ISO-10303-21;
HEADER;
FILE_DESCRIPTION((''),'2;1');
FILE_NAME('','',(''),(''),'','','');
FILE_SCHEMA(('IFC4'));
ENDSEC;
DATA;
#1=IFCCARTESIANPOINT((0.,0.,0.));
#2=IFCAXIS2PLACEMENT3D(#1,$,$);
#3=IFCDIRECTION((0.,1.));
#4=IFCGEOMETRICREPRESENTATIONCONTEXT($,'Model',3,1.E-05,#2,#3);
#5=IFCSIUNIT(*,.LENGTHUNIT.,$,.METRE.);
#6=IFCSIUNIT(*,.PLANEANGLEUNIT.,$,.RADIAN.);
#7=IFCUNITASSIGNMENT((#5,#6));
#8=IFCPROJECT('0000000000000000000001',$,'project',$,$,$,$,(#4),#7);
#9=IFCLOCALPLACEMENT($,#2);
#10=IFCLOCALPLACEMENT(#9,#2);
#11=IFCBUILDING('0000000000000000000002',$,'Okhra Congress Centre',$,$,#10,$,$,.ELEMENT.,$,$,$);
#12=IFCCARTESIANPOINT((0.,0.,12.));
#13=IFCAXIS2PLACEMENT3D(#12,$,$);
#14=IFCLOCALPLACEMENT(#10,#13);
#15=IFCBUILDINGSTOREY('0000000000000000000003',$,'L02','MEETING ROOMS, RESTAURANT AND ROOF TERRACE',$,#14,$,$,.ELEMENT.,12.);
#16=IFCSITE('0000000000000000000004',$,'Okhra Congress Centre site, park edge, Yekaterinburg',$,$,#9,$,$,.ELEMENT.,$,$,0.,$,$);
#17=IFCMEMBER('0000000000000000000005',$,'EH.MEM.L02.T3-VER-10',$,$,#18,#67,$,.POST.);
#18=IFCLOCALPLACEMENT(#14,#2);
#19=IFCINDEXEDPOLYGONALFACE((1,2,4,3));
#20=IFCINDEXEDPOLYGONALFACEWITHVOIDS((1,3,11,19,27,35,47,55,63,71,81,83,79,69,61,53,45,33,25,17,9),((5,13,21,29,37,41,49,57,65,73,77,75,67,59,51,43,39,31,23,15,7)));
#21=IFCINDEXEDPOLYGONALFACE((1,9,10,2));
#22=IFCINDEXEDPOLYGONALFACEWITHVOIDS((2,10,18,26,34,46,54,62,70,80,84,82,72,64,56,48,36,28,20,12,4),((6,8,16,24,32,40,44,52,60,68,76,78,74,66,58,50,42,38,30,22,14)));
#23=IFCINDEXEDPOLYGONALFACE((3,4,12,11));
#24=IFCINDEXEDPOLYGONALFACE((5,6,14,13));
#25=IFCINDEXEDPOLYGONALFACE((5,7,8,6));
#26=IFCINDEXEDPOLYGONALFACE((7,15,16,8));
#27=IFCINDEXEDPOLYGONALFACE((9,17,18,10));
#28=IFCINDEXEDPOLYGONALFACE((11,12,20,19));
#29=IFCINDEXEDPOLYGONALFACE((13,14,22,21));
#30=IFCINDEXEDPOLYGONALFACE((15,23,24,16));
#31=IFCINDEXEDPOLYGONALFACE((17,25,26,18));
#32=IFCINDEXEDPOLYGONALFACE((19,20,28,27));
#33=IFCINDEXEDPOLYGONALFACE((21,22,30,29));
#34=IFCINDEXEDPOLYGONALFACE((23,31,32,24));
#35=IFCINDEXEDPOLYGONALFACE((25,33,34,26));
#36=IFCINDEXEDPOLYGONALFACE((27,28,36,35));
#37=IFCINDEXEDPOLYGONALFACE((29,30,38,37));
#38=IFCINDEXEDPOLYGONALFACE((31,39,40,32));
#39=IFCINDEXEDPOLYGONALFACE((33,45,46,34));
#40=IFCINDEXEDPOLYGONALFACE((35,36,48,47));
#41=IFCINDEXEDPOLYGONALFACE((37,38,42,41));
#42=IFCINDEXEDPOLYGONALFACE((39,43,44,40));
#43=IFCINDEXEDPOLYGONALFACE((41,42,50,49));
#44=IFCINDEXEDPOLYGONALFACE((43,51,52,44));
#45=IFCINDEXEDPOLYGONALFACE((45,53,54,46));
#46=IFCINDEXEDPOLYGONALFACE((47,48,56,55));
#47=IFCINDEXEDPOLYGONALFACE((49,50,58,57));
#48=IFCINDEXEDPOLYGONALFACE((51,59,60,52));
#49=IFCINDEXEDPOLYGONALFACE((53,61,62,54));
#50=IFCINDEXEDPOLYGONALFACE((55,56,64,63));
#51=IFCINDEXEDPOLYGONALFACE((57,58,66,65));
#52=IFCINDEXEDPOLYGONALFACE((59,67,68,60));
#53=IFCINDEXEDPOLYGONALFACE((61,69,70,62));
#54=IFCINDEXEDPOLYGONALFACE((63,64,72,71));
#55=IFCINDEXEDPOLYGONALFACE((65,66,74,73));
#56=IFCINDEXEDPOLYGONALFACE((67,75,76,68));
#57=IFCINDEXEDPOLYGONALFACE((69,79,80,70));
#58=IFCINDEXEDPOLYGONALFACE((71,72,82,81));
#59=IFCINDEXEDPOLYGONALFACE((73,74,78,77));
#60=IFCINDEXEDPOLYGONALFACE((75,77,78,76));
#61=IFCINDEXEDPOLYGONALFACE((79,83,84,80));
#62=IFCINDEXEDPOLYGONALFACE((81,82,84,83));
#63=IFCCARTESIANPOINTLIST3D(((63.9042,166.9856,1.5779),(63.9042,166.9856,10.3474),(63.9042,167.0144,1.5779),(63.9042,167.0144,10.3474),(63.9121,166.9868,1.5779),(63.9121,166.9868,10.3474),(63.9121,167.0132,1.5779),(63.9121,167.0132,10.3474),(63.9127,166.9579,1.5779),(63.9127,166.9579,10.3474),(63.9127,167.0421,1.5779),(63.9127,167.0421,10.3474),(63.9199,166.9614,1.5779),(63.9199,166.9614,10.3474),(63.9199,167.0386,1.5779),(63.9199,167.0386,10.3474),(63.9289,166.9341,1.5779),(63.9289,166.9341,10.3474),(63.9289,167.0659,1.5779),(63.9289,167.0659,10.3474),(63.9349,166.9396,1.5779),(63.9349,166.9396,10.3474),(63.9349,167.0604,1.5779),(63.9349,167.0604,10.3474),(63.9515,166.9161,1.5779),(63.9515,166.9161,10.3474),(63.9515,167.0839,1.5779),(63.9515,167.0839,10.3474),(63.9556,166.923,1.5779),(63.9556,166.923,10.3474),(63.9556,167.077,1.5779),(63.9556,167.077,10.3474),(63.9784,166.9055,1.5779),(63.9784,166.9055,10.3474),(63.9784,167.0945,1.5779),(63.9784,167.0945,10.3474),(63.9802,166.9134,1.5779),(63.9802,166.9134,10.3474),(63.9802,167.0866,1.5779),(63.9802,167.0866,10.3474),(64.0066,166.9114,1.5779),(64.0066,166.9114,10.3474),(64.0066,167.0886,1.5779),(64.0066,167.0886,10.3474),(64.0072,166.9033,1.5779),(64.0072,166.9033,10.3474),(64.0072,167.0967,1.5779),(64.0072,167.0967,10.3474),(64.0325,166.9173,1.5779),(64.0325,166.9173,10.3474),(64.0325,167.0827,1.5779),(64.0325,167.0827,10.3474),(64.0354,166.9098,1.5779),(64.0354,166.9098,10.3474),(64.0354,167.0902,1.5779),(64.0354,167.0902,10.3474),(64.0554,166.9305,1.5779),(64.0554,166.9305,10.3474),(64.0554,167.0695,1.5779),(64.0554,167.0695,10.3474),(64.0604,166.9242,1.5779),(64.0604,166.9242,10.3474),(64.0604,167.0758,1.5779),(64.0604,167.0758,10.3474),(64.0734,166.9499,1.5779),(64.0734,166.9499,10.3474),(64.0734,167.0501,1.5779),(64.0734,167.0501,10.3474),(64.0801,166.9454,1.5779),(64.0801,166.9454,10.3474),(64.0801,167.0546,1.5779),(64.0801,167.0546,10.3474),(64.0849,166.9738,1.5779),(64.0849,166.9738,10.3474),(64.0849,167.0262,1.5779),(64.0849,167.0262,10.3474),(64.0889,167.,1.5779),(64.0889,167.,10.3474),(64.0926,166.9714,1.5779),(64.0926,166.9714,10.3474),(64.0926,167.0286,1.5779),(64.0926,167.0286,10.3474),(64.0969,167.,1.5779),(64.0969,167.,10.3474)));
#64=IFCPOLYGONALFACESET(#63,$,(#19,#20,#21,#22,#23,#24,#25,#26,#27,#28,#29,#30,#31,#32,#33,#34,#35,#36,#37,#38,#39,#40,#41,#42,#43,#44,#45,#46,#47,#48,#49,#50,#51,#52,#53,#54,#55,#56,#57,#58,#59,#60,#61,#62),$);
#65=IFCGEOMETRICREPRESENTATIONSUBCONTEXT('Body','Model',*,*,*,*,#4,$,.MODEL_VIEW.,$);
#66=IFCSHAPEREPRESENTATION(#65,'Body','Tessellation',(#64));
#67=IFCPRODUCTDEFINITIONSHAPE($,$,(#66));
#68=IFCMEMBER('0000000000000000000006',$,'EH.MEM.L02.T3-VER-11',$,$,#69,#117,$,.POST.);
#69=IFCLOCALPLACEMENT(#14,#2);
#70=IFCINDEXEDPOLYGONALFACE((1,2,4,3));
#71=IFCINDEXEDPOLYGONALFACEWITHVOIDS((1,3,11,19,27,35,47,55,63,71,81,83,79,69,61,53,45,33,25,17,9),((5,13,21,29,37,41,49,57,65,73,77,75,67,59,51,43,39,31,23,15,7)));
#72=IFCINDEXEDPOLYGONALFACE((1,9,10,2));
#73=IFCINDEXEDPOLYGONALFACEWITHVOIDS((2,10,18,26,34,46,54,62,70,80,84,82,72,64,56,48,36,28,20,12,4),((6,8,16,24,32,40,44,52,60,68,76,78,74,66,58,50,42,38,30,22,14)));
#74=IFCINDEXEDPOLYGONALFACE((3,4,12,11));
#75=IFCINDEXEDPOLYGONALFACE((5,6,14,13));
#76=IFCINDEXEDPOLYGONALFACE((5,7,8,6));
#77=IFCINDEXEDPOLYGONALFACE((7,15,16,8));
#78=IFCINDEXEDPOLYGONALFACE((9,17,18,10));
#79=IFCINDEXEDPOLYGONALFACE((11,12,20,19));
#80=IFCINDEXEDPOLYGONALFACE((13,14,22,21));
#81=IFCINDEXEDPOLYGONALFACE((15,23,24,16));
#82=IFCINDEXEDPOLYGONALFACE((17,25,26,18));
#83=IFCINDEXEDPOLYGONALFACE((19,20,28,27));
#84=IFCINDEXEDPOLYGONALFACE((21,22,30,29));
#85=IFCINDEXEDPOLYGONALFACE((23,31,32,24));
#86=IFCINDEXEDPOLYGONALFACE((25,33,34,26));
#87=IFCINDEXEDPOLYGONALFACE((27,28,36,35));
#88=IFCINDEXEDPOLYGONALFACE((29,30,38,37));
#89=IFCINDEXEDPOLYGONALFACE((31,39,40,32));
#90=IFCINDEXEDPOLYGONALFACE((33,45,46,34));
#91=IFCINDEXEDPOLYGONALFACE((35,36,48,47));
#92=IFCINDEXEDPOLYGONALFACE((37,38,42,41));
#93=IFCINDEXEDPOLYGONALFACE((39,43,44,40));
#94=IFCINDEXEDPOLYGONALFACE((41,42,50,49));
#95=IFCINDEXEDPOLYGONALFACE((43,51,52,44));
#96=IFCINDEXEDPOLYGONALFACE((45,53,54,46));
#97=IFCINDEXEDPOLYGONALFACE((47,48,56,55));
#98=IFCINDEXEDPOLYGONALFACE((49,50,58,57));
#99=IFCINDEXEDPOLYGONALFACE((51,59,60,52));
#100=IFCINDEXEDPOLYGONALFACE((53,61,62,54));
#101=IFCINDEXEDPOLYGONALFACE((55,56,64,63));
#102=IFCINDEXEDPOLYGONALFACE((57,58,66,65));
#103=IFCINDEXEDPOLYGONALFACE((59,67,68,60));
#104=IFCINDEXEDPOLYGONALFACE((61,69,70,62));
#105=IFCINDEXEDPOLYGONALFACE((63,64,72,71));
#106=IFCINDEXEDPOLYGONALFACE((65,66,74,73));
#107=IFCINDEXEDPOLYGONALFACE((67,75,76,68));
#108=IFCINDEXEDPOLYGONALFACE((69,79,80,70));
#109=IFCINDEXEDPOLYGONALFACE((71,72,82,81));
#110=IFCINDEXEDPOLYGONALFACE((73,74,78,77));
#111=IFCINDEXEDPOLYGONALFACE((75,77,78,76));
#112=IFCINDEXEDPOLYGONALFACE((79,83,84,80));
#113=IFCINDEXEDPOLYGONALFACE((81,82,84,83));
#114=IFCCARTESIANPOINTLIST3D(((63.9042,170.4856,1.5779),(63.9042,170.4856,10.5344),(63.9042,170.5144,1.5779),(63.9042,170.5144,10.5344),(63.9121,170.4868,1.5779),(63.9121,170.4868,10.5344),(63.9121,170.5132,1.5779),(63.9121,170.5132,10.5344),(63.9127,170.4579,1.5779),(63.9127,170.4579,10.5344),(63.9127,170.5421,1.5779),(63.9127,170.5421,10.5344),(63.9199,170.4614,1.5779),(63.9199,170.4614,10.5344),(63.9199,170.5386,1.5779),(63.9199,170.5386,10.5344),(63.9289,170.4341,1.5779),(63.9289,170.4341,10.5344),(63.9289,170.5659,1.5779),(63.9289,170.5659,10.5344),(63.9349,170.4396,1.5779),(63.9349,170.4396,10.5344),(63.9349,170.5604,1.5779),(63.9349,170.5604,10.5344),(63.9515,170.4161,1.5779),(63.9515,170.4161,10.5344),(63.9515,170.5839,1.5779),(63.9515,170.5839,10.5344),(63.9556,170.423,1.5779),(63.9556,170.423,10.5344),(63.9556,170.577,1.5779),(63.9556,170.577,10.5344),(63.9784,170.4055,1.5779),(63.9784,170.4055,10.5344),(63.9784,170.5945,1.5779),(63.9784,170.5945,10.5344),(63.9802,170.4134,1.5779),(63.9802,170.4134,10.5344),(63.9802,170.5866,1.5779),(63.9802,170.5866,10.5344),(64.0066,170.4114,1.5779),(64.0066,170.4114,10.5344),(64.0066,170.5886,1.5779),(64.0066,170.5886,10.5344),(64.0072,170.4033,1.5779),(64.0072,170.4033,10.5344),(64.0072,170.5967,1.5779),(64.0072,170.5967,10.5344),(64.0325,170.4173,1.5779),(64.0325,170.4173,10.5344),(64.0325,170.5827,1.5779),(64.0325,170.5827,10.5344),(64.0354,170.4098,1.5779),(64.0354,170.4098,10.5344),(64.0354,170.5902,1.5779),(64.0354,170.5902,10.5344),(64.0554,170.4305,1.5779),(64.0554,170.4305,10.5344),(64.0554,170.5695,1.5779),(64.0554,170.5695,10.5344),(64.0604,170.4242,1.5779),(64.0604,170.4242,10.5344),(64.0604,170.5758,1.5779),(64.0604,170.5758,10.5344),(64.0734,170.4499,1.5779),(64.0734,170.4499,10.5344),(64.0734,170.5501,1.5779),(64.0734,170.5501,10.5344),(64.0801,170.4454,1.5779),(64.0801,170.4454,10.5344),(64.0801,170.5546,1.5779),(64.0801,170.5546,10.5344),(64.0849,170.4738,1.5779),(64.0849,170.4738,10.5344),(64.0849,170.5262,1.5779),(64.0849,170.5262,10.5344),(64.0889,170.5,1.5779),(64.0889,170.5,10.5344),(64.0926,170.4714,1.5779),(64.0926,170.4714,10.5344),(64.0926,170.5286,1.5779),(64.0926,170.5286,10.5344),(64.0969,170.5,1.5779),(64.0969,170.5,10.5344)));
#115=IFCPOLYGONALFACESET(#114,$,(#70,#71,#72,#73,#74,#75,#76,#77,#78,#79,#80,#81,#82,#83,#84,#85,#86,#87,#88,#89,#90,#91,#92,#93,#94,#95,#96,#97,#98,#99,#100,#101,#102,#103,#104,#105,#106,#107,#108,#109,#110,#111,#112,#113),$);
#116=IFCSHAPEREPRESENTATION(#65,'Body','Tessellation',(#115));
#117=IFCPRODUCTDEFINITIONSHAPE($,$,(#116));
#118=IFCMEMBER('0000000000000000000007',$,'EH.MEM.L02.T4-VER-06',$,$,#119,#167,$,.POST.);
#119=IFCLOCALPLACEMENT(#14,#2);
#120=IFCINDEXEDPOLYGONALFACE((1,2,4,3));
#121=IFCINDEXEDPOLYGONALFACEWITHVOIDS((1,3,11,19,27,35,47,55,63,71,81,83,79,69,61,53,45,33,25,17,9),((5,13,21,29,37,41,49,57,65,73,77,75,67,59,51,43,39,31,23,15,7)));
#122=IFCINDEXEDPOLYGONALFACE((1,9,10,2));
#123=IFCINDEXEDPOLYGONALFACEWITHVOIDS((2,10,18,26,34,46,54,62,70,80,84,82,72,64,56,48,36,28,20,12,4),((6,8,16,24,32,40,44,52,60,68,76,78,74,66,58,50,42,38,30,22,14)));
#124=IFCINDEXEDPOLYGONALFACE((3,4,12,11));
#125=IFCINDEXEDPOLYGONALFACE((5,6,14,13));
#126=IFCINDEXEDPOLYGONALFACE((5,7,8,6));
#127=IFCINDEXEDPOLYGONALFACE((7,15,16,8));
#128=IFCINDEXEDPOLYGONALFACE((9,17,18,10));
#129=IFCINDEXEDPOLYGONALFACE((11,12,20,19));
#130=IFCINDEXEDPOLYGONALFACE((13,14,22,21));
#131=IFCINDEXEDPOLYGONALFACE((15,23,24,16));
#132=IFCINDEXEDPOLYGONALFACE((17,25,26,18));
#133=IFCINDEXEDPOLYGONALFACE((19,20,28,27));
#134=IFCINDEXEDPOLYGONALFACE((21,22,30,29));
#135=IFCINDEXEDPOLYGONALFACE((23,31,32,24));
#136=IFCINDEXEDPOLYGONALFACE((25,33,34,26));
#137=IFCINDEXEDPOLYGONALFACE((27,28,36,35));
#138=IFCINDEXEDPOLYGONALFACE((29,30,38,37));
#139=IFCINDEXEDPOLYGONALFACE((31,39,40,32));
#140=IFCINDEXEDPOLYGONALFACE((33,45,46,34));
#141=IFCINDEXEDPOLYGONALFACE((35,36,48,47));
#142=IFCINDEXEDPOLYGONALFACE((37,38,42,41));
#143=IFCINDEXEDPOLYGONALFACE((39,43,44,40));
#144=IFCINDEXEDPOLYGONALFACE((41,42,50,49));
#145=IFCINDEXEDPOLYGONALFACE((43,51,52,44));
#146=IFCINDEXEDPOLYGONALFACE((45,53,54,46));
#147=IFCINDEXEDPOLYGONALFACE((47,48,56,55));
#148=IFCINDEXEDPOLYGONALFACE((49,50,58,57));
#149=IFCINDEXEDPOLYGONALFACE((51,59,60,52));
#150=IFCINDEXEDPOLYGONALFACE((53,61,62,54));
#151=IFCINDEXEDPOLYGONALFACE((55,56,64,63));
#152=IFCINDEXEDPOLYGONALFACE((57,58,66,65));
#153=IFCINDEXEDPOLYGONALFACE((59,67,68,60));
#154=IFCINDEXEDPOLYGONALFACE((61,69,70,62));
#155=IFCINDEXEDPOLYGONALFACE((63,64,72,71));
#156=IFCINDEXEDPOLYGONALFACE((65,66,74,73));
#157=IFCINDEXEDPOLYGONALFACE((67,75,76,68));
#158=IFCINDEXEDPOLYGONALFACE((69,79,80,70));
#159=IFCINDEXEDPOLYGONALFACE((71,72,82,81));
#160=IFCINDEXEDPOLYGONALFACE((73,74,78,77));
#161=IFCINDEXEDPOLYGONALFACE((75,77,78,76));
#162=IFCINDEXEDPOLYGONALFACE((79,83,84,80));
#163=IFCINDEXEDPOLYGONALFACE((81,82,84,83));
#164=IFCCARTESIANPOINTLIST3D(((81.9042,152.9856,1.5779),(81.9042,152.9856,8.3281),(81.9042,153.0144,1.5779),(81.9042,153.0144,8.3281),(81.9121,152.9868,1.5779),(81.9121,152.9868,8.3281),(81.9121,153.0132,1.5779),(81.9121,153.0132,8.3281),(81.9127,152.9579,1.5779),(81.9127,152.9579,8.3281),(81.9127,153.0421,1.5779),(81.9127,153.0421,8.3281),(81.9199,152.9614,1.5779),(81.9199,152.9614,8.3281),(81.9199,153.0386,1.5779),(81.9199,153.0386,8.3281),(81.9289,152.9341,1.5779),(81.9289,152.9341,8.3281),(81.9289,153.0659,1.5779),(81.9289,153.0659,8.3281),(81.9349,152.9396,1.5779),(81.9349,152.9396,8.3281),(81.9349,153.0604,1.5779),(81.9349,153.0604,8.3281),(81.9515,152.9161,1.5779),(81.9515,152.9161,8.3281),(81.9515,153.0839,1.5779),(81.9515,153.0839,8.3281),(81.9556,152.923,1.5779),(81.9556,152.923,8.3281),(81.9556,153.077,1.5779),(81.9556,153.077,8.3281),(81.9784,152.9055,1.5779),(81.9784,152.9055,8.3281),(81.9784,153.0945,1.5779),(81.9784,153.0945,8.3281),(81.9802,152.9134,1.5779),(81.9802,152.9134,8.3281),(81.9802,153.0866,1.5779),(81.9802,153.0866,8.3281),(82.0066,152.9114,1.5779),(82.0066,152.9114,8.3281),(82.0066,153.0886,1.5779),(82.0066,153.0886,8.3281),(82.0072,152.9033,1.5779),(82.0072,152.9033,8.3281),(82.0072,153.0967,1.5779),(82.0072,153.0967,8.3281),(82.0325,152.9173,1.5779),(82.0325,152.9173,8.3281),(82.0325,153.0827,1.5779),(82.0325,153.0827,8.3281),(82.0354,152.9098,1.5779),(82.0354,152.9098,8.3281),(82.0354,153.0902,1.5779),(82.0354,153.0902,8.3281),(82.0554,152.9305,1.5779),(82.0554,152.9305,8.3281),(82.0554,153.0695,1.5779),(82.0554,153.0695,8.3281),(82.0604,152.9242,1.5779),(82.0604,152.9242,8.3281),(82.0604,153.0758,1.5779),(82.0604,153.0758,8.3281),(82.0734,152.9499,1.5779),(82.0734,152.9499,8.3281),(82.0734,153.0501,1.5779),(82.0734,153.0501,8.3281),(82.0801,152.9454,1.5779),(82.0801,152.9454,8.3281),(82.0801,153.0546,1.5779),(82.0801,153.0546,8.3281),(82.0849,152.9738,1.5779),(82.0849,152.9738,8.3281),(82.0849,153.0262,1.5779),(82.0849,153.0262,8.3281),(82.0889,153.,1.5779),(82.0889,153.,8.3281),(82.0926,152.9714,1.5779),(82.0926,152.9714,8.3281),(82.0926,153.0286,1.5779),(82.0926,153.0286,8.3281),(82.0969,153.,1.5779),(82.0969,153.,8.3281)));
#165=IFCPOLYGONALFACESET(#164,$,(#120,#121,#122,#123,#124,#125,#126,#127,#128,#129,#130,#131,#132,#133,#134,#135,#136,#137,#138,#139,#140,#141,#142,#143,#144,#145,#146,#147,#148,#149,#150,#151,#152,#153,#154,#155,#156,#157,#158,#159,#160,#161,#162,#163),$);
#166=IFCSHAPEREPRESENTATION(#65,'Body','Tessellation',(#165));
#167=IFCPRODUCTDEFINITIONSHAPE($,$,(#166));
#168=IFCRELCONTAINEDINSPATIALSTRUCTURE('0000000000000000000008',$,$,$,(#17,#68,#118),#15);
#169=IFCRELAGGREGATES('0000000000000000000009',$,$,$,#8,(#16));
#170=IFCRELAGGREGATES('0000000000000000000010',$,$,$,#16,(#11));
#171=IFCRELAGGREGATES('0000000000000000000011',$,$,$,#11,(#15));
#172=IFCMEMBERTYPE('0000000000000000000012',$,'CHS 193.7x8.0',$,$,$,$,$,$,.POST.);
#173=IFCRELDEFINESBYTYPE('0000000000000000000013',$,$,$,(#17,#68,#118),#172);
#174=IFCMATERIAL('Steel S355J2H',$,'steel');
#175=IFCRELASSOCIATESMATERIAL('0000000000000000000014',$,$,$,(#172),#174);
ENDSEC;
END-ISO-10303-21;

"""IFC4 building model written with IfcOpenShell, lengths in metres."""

from ifc_helpers import new_model, si_unit, direction, frame, origin, origin_2d, place, context, subcontext, project, spatial, hollow_circle, extrude, material, material_profile, profile_set, type_object, element, save


model = new_model("IFC4")

# Units and contexts
model_context = context("Model", 3, precision=1e-05, world=origin(), true_north=direction((0.0, 1.0)))
body_context = subcontext(model_context, "Body", "Model", "MODEL_VIEW")
ifc_project = project(units=[si_unit("LENGTHUNIT", "METRE"), si_unit("PLANEANGLEUNIT", "RADIAN")], contexts=[model_context])

# Site, building, storey
site_placement = place(None, origin())
site = spatial("IfcSite", under=ifc_project, at=site_placement, Name="Okhra Congress Centre site, park edge, Yekaterinburg", CompositionType="ELEMENT", RefElevation=0.0)
building_placement = place(site_placement, origin())
building = spatial("IfcBuilding", under=site, at=building_placement, Name="Okhra Congress Centre", CompositionType="ELEMENT")
storey_placement = place(building_placement, frame((0.0, 0.0, 12.0)))
storey = spatial("IfcBuildingStorey", under=building, at=storey_placement, Name="L02", Description="MEETING ROOMS, RESTAURANT AND ROOF TERRACE", CompositionType="ELEMENT", Elevation=12.0)

# Members
ifc_material_1 = material(Name="Steel S355J2H", Category="steel")
ifc_material_profile_1 = material_profile(ifc_material_1, hollow_circle(Radius=0.0969, WallThickness=0.0081, at=origin_2d()), Name="CHS 193.7x8.0")
ifc_profile_set_1 = profile_set([ifc_material_profile_1], Name="Steel S355J2H")
member_type_1 = type_object("IfcMemberType", Name="CHS 193.7x8.0", PredefinedType="POST", material=ifc_profile_set_1)
member_1_placement = place(storey_placement, frame((64.0, 167.0, 1.5779), z_axis=(0.0, 0.0, 1.0), x_axis=(1.0, 0.0, 0.0)))
element("IfcMember", 1, at=member_1_placement, inside=storey, type_object=member_type_1, Name="EH.MEM.L02.T3-VER-10", PredefinedType="POST", context=body_context, shape_type="SweptSolid", body=[
    extrude(hollow_circle(Radius=0.0969, WallThickness=0.0081, at=origin_2d()), origin(), (0.0, 0.0, 1.0), 8.7695),
])
member_2_placement = place(storey_placement, frame((64.0, 170.5, 1.5779), z_axis=(0.0, 0.0, 1.0), x_axis=(1.0, 0.0, 0.0)))
element("IfcMember", 2, at=member_2_placement, inside=storey, type_object=member_type_1, Name="EH.MEM.L02.T3-VER-11", PredefinedType="POST", context=body_context, shape_type="SweptSolid", body=[
    extrude(hollow_circle(Radius=0.0969, WallThickness=0.0081, at=origin_2d()), origin(), (0.0, 0.0, 1.0), 8.9565),
])
member_3_placement = place(storey_placement, frame((82.0, 153.0, 1.5779), z_axis=(0.0, 0.0, 1.0), x_axis=(1.0, 0.0, 0.0)))
element("IfcMember", 3, at=member_3_placement, inside=storey, type_object=member_type_1, Name="EH.MEM.L02.T4-VER-06", PredefinedType="POST", context=body_context, shape_type="SweptSolid", body=[
    extrude(hollow_circle(Radius=0.0969, WallThickness=0.0081, at=origin_2d()), origin(), (0.0, 0.0, 1.0), 6.7502),
])

save(model, "model.ifc")
